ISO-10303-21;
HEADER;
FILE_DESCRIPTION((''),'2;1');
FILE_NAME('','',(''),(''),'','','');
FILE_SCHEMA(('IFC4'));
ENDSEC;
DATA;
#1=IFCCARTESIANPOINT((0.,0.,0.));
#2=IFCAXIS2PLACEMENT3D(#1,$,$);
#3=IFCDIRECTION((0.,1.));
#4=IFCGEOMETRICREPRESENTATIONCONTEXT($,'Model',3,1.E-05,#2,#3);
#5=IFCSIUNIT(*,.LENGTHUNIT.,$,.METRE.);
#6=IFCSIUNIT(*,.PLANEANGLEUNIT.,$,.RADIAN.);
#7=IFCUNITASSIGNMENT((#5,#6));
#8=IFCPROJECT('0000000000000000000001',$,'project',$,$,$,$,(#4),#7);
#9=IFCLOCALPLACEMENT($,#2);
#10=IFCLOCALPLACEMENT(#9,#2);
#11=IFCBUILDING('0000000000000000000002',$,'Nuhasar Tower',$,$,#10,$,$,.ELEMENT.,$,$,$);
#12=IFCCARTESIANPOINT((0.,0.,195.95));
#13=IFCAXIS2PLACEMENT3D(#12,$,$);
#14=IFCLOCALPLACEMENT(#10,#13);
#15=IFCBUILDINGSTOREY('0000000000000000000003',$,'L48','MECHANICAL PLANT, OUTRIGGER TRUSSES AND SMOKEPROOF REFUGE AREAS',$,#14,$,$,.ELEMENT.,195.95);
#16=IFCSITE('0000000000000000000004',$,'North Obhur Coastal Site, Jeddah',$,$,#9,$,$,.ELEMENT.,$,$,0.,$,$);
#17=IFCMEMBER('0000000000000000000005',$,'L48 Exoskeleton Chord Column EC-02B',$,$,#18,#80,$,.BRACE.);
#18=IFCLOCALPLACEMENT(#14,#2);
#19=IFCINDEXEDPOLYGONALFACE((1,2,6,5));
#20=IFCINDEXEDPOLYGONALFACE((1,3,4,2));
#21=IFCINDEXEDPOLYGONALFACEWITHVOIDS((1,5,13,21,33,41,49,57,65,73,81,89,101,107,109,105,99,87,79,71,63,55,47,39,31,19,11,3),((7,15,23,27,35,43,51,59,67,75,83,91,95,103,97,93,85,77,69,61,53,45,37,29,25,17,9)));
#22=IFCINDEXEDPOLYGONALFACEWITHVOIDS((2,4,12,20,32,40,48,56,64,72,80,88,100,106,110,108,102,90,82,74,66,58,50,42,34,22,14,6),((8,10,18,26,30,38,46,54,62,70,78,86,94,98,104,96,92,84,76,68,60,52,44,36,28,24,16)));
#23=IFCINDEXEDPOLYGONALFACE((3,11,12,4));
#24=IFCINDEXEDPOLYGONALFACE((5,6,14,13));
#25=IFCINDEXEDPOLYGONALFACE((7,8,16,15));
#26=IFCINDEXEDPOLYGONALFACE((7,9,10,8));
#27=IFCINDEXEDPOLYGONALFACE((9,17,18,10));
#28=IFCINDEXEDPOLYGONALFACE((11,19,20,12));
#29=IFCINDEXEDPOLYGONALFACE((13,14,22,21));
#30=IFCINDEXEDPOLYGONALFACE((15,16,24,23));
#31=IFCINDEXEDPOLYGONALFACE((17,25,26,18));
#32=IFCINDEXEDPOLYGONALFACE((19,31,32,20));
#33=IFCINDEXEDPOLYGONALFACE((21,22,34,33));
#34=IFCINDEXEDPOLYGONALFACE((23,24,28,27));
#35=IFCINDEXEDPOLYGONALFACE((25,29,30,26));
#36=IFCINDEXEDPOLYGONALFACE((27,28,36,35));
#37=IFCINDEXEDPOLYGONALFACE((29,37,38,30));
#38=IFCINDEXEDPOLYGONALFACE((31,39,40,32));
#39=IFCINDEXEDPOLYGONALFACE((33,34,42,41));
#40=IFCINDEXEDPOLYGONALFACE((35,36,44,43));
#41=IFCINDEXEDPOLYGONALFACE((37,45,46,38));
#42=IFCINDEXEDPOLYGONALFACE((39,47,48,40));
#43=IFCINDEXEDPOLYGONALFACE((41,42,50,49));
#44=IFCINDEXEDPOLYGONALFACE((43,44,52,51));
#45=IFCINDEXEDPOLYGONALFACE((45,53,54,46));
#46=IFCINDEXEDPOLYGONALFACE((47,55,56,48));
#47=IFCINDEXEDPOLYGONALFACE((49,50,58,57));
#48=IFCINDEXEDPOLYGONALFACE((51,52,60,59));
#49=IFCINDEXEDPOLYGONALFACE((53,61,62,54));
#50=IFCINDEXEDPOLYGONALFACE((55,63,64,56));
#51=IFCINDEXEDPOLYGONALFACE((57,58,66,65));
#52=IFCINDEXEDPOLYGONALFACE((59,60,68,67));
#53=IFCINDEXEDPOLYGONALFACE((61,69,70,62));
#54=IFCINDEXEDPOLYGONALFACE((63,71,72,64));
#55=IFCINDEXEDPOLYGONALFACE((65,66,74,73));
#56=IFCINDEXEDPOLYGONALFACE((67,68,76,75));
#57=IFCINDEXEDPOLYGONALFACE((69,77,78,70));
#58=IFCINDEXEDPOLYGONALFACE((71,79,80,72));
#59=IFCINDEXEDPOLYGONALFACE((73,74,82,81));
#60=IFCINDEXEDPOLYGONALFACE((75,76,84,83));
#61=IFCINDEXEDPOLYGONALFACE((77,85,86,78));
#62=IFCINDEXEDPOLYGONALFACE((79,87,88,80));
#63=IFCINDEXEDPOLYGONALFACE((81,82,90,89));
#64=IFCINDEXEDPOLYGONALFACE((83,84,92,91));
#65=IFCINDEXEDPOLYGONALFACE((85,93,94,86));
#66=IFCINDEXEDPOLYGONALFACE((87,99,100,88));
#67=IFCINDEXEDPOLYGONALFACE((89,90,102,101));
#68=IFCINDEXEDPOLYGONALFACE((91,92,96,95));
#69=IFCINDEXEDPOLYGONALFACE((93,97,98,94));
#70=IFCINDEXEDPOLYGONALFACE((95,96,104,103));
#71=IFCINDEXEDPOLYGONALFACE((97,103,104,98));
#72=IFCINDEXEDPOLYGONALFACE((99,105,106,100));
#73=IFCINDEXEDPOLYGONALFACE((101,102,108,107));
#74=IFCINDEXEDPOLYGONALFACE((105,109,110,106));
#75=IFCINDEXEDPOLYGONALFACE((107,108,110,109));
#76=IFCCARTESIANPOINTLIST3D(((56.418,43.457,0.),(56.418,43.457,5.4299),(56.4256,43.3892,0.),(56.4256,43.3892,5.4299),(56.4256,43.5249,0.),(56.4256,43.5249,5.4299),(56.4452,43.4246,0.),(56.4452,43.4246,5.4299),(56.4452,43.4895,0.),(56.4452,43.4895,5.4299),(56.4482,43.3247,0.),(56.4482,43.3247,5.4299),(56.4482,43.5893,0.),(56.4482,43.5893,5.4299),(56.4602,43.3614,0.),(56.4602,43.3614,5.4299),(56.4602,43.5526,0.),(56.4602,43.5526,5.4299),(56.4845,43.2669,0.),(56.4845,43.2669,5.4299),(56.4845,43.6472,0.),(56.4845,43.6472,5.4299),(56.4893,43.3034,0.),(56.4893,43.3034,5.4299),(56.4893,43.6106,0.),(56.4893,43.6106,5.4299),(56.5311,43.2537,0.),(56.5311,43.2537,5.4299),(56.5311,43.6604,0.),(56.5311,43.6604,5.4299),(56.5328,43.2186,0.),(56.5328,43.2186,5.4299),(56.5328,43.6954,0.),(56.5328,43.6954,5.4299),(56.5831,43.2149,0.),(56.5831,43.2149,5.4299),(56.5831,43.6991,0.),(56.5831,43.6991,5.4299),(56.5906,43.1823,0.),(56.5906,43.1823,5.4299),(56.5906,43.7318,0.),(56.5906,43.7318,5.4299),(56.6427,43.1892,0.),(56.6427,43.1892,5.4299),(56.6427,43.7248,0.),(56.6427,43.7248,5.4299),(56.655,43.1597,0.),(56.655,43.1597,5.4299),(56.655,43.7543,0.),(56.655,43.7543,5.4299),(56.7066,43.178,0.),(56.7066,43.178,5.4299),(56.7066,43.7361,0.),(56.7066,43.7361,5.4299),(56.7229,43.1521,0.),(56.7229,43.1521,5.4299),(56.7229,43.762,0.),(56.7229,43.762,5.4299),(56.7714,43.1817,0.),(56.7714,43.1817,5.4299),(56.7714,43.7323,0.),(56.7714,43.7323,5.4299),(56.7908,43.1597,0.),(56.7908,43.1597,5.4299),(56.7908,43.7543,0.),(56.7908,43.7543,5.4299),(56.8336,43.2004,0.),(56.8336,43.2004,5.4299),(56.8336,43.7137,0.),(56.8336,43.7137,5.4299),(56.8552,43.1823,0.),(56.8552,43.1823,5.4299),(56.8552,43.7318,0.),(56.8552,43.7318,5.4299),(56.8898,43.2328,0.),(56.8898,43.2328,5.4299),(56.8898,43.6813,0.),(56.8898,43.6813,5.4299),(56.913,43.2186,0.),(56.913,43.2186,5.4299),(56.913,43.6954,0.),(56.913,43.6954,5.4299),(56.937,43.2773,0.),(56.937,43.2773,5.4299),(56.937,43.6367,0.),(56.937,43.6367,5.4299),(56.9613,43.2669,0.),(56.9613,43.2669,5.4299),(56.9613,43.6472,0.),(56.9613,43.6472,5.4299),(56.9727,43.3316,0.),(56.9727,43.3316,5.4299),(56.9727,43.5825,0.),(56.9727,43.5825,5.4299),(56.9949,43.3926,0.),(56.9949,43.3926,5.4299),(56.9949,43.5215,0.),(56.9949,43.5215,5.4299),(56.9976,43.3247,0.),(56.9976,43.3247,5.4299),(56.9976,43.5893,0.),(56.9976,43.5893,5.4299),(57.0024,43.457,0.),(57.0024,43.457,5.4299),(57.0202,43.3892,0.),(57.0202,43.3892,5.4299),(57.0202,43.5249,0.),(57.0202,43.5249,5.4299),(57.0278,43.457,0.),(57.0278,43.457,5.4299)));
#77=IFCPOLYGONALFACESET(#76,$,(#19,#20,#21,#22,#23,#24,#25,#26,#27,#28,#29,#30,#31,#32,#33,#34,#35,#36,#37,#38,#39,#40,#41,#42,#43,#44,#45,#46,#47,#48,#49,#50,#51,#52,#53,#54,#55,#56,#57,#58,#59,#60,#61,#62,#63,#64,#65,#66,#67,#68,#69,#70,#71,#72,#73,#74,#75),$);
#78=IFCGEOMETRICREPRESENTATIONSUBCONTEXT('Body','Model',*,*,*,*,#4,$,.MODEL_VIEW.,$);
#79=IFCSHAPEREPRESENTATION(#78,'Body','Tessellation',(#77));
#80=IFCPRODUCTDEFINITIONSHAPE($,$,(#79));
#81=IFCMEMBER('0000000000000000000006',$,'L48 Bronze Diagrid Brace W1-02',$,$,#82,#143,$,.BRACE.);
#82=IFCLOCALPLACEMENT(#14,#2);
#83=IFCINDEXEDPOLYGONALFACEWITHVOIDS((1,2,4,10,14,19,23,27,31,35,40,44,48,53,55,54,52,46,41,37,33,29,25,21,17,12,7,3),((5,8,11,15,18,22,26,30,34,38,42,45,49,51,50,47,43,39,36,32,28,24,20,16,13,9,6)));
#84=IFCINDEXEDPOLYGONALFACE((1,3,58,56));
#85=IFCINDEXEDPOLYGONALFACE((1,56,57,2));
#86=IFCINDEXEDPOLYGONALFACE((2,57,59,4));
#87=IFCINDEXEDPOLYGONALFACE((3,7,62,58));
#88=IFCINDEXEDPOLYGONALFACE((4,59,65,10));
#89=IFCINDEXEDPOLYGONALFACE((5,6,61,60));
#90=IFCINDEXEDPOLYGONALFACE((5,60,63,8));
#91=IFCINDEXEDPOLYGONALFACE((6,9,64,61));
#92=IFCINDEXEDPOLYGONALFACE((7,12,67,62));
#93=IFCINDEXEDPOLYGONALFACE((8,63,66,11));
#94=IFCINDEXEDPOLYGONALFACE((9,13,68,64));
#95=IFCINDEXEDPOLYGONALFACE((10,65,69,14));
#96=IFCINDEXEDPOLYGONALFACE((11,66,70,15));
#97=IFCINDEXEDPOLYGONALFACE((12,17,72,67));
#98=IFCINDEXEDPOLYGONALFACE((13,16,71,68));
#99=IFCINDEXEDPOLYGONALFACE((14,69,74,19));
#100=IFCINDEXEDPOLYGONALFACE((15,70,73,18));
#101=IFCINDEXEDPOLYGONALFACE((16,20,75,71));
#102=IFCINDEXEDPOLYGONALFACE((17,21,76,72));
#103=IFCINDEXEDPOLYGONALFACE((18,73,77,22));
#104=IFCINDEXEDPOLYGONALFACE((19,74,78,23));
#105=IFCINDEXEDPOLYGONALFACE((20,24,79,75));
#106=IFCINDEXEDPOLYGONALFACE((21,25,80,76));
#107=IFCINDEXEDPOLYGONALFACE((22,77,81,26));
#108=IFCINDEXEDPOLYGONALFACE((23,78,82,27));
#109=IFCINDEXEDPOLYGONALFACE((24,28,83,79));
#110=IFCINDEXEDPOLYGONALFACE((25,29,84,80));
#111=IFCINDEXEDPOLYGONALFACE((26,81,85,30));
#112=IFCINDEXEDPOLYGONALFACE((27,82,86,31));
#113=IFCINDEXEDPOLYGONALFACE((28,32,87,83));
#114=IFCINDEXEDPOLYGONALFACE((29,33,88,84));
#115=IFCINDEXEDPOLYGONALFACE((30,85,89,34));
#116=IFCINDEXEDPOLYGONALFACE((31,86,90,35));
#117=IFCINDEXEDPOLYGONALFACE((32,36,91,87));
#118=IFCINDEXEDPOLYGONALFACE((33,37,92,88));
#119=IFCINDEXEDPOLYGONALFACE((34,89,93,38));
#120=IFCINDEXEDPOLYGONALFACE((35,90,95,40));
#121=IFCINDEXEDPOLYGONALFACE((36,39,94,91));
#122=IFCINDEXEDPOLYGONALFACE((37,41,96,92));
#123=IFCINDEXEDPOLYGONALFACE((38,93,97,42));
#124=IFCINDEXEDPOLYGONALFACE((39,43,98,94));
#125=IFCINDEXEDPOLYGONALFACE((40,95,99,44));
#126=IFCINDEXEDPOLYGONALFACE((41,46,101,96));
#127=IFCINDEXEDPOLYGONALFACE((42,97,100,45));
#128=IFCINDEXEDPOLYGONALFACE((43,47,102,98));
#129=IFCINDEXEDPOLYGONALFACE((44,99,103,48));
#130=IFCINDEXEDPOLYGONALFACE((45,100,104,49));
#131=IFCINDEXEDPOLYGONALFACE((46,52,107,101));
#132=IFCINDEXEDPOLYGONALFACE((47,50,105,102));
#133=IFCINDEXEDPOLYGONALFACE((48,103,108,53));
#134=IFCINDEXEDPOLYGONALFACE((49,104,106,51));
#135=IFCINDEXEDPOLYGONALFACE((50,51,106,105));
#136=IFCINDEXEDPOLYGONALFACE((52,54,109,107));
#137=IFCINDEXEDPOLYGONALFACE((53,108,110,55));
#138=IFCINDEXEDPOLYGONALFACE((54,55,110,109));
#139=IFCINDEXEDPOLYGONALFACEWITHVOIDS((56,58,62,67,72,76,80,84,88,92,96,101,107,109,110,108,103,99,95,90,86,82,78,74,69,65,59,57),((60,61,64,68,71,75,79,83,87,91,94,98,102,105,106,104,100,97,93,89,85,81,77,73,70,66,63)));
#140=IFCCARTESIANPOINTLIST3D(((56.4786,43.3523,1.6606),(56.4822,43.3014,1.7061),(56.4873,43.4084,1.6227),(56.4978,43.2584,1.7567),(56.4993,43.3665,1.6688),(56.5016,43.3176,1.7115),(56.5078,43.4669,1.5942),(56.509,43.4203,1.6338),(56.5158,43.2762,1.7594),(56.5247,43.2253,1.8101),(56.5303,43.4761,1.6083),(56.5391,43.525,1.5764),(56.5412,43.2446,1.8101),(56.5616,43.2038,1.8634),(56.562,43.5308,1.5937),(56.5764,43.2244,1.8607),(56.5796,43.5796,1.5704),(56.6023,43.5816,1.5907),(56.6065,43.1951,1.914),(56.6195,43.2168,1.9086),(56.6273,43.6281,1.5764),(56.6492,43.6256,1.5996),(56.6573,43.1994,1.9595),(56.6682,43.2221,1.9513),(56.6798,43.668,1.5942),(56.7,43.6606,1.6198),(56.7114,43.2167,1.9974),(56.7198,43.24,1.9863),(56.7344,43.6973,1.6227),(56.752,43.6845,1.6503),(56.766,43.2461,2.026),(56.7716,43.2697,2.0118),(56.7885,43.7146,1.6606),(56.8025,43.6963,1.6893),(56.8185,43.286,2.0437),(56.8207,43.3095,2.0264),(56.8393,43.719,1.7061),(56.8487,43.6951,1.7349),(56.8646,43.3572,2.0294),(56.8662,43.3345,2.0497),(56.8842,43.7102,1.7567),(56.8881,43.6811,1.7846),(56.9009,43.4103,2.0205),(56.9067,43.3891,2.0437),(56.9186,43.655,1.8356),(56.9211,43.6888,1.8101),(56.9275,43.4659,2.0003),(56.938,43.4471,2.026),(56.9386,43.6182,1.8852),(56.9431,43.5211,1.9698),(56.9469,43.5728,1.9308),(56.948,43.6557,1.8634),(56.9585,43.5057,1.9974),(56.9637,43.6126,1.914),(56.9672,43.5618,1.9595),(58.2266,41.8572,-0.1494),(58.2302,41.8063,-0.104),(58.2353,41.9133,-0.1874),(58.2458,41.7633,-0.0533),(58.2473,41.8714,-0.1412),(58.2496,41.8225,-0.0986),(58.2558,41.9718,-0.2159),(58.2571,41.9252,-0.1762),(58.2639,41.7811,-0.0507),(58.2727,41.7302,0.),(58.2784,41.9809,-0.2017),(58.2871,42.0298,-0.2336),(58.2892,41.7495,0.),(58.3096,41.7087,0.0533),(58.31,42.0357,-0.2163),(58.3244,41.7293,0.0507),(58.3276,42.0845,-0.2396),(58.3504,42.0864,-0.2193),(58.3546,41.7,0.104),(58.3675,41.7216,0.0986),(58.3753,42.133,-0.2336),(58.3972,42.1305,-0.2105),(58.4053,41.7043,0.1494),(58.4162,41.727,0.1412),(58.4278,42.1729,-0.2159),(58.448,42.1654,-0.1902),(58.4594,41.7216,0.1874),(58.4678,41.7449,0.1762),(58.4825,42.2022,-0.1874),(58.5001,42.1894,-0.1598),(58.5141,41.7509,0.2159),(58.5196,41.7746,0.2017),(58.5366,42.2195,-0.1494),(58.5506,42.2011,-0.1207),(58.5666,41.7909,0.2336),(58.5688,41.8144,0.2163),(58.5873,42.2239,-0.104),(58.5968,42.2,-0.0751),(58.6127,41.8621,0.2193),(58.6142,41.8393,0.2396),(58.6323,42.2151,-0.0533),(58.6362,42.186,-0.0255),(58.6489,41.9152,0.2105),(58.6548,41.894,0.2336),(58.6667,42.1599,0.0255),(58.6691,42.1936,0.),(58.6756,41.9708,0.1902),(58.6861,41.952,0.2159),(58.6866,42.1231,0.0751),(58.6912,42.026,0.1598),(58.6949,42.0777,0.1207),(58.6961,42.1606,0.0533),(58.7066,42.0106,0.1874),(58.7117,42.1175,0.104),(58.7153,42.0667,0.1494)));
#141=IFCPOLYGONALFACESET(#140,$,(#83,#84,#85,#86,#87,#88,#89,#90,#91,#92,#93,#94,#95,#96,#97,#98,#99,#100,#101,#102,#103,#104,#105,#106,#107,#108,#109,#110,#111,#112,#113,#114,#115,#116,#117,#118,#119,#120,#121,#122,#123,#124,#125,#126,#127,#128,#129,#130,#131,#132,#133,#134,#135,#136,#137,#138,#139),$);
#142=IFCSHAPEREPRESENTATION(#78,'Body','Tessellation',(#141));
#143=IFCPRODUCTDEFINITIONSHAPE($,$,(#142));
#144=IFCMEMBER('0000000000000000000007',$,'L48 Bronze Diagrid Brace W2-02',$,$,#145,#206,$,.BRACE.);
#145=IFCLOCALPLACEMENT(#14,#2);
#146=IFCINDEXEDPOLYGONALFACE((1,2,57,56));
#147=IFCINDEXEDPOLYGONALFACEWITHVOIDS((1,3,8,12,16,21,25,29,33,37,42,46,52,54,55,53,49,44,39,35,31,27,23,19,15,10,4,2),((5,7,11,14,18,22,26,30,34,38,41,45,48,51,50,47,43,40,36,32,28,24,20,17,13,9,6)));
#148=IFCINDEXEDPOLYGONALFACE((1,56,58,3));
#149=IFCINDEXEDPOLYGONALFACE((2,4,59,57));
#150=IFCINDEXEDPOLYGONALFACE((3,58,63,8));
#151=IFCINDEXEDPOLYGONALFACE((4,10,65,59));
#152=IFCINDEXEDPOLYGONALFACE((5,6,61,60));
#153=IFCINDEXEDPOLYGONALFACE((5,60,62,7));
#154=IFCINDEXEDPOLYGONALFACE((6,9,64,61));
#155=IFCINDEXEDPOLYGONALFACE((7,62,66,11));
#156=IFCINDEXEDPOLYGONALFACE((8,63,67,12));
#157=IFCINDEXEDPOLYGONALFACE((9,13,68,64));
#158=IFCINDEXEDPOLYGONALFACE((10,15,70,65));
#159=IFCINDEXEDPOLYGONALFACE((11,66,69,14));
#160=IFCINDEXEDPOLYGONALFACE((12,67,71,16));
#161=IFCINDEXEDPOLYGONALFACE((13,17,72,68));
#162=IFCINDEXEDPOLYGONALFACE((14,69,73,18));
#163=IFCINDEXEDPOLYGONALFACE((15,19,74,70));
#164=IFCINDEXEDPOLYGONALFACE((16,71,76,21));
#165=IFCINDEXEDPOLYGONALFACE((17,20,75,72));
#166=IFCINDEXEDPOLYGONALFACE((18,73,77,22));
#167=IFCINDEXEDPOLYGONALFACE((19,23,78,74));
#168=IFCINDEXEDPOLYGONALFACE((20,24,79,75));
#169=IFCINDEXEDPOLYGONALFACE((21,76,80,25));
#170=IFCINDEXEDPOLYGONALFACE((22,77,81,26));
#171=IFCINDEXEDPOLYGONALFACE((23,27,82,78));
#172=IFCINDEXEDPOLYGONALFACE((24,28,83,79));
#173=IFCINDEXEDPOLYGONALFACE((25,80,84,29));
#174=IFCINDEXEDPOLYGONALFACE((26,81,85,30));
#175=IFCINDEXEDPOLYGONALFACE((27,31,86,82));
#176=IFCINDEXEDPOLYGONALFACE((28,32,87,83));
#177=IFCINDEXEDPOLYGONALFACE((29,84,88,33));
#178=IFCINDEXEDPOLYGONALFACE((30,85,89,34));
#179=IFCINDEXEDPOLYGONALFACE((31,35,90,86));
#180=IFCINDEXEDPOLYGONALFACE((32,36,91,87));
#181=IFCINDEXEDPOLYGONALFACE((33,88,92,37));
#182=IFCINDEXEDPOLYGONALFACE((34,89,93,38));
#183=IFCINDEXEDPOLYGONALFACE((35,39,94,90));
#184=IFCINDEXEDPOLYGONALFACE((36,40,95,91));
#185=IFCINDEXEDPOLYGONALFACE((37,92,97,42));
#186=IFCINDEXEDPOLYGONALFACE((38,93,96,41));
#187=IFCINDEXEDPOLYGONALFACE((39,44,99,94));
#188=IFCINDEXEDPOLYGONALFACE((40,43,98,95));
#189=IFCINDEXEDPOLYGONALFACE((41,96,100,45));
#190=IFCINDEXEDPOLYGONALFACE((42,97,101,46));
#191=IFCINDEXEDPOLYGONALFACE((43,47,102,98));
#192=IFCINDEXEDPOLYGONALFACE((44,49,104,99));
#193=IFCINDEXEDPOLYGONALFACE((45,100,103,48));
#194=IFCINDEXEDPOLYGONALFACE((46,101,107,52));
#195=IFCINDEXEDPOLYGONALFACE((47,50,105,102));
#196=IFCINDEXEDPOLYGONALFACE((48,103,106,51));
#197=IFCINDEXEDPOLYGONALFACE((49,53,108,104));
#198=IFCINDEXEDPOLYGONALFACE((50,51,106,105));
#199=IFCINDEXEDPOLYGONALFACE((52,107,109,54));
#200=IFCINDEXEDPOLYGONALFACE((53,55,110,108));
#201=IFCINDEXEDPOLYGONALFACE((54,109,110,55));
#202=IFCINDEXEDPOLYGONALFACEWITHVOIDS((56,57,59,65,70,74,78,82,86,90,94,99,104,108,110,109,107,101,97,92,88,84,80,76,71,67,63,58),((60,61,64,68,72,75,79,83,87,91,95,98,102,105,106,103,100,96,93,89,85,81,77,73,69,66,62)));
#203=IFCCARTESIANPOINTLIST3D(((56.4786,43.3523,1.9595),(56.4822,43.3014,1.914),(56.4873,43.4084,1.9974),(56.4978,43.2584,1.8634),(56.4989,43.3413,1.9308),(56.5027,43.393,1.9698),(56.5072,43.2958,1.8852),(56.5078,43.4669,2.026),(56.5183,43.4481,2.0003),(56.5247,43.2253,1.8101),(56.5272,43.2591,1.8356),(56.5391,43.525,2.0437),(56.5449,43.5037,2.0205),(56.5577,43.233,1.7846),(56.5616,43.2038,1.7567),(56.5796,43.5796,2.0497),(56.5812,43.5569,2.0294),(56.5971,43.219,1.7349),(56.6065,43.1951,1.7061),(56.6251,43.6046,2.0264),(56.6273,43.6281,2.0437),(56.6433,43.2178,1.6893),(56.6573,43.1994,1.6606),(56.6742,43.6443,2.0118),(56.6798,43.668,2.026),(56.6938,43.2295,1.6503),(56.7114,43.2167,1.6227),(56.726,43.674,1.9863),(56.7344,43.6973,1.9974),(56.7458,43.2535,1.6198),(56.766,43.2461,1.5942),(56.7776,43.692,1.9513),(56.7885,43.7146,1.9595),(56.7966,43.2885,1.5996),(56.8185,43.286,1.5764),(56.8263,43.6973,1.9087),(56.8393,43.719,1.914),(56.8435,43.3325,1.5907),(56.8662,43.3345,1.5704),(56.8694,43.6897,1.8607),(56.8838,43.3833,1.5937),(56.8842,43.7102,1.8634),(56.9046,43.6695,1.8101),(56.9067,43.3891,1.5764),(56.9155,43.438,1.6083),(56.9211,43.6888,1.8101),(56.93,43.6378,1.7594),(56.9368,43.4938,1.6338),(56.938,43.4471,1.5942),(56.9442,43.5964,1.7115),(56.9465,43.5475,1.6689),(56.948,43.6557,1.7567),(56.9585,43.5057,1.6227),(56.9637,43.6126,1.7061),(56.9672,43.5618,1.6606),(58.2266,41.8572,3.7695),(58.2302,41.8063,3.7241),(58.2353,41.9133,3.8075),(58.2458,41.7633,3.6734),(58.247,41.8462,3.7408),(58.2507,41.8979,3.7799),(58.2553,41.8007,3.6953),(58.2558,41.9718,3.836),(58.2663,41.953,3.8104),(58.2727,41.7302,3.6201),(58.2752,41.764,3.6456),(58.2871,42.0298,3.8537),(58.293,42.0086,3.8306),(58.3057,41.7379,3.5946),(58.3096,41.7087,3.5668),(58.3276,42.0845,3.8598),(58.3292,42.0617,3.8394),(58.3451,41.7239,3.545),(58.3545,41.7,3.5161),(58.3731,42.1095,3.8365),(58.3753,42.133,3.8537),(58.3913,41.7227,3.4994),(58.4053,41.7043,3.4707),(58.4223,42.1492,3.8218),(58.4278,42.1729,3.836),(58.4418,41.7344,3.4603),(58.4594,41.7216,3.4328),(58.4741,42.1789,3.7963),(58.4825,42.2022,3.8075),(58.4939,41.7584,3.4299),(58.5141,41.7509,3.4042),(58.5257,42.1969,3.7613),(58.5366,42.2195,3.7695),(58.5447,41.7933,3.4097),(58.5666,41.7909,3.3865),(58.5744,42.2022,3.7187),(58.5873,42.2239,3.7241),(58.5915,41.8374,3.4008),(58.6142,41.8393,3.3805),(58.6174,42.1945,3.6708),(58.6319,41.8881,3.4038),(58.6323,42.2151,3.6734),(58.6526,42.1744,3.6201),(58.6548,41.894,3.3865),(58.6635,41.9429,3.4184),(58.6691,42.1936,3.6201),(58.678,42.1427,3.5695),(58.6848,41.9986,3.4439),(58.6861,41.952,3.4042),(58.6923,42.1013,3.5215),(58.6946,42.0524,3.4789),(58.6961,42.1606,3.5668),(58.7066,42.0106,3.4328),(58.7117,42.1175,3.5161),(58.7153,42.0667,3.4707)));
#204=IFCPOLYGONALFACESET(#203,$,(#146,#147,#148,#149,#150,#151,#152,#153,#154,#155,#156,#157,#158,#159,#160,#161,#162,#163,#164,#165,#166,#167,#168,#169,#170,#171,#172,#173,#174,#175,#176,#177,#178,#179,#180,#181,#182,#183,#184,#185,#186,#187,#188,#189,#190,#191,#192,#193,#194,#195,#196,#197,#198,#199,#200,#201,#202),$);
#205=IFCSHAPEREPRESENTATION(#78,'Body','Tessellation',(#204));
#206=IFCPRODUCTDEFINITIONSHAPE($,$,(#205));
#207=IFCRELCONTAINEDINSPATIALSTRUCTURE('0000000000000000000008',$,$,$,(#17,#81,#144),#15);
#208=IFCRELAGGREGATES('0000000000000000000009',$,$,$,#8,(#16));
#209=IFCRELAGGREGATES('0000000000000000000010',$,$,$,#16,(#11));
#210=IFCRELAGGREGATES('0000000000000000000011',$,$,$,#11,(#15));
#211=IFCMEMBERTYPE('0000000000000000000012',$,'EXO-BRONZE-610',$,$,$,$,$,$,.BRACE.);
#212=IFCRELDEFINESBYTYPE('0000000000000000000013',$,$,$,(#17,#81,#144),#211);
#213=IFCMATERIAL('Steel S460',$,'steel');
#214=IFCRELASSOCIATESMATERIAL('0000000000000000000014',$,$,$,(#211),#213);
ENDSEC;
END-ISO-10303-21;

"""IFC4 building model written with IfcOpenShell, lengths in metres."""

from ifc_helpers import new_model, si_unit, direction, frame, origin, origin_2d, place, context, subcontext, project, spatial, hollow_circle, extrude, material, material_profile, profile_set, type_object, element, save


model = new_model("IFC4")

# Units and contexts
model_context = context("Model", 3, precision=1e-05, world=origin(), true_north=direction((0.0, 1.0)))
body_context = subcontext(model_context, "Body", "Model", "MODEL_VIEW")
ifc_project = project(units=[si_unit("LENGTHUNIT", "METRE"), si_unit("PLANEANGLEUNIT", "RADIAN")], contexts=[model_context])

# Site, building, storey
site_placement = place(None, origin())
site = spatial("IfcSite", under=ifc_project, at=site_placement, Name="North Obhur Coastal Site, Jeddah", CompositionType="ELEMENT", RefElevation=0.0)
building_placement = place(site_placement, origin())
building = spatial("IfcBuilding", under=site, at=building_placement, Name="Nuhasar Tower", CompositionType="ELEMENT")
storey_placement = place(building_placement, frame((0.0, 0.0, 195.95)))
storey = spatial("IfcBuildingStorey", under=building, at=storey_placement, Name="L48", Description="MECHANICAL PLANT, OUTRIGGER TRUSSES AND SMOKEPROOF REFUGE AREAS", CompositionType="ELEMENT", Elevation=195.95)

# Shared definitions
ifc_material_1 = material(Name="Steel S460", Category="steel")

# Members
ifc_material_profile_1 = material_profile(ifc_material_1, hollow_circle(Radius=0.3049, WallThickness=0.0254, at=origin_2d()), Name="HSS610X25.4")
ifc_profile_set_1 = profile_set([ifc_material_profile_1], Name="Steel S460")
member_type_1 = type_object("IfcMemberType", Name="EXO-BRONZE-610", PredefinedType="BRACE", material=ifc_profile_set_1)
for number, where, z_axis, x_axis, name in (
    (1, (56.7229, 43.457, 0.0), (0.0, 0.0, 1.0), (1.0, 0.0, 0.0), "L48 Exoskeleton Chord Column EC-02B"),
):
    element("IfcMember", number, at=place(storey_placement, frame(where, z_axis=z_axis, x_axis=x_axis)), inside=storey, type_object=member_type_1, Name=name, PredefinedType="BRACE", context=body_context, shape_type="SweptSolid", body=[
        extrude(hollow_circle(Radius=0.3049, WallThickness=0.0254, at=origin_2d()), origin(), (0.0, 0.0, 1.0), 5.4299),
    ])
for number, where, z_axis, x_axis, name in (
    (2, (58.4709, 41.9619, 0.0), (-0.597214, 0.510801, 0.6184), (-0.649987, -0.759945, 0.0), "L48 Bronze Diagrid Brace W1-02"),
    (3, (56.7229, 43.457, 1.8101), (0.597214, -0.510801, 0.6184), (0.649987, 0.759945, 0.0), "L48 Bronze Diagrid Brace W2-02"),
):
    element("IfcMember", number, at=place(storey_placement, frame(where, z_axis=z_axis, x_axis=x_axis)), inside=storey, type_object=member_type_1, Name=name, PredefinedType="BRACE", context=body_context, shape_type="SweptSolid", body=[
        extrude(hollow_circle(Radius=0.3049, WallThickness=0.0254, at=origin_2d()), origin(), (0.0, 0.0, 1.0), 2.927),
    ])

save(model, "model.ifc")
